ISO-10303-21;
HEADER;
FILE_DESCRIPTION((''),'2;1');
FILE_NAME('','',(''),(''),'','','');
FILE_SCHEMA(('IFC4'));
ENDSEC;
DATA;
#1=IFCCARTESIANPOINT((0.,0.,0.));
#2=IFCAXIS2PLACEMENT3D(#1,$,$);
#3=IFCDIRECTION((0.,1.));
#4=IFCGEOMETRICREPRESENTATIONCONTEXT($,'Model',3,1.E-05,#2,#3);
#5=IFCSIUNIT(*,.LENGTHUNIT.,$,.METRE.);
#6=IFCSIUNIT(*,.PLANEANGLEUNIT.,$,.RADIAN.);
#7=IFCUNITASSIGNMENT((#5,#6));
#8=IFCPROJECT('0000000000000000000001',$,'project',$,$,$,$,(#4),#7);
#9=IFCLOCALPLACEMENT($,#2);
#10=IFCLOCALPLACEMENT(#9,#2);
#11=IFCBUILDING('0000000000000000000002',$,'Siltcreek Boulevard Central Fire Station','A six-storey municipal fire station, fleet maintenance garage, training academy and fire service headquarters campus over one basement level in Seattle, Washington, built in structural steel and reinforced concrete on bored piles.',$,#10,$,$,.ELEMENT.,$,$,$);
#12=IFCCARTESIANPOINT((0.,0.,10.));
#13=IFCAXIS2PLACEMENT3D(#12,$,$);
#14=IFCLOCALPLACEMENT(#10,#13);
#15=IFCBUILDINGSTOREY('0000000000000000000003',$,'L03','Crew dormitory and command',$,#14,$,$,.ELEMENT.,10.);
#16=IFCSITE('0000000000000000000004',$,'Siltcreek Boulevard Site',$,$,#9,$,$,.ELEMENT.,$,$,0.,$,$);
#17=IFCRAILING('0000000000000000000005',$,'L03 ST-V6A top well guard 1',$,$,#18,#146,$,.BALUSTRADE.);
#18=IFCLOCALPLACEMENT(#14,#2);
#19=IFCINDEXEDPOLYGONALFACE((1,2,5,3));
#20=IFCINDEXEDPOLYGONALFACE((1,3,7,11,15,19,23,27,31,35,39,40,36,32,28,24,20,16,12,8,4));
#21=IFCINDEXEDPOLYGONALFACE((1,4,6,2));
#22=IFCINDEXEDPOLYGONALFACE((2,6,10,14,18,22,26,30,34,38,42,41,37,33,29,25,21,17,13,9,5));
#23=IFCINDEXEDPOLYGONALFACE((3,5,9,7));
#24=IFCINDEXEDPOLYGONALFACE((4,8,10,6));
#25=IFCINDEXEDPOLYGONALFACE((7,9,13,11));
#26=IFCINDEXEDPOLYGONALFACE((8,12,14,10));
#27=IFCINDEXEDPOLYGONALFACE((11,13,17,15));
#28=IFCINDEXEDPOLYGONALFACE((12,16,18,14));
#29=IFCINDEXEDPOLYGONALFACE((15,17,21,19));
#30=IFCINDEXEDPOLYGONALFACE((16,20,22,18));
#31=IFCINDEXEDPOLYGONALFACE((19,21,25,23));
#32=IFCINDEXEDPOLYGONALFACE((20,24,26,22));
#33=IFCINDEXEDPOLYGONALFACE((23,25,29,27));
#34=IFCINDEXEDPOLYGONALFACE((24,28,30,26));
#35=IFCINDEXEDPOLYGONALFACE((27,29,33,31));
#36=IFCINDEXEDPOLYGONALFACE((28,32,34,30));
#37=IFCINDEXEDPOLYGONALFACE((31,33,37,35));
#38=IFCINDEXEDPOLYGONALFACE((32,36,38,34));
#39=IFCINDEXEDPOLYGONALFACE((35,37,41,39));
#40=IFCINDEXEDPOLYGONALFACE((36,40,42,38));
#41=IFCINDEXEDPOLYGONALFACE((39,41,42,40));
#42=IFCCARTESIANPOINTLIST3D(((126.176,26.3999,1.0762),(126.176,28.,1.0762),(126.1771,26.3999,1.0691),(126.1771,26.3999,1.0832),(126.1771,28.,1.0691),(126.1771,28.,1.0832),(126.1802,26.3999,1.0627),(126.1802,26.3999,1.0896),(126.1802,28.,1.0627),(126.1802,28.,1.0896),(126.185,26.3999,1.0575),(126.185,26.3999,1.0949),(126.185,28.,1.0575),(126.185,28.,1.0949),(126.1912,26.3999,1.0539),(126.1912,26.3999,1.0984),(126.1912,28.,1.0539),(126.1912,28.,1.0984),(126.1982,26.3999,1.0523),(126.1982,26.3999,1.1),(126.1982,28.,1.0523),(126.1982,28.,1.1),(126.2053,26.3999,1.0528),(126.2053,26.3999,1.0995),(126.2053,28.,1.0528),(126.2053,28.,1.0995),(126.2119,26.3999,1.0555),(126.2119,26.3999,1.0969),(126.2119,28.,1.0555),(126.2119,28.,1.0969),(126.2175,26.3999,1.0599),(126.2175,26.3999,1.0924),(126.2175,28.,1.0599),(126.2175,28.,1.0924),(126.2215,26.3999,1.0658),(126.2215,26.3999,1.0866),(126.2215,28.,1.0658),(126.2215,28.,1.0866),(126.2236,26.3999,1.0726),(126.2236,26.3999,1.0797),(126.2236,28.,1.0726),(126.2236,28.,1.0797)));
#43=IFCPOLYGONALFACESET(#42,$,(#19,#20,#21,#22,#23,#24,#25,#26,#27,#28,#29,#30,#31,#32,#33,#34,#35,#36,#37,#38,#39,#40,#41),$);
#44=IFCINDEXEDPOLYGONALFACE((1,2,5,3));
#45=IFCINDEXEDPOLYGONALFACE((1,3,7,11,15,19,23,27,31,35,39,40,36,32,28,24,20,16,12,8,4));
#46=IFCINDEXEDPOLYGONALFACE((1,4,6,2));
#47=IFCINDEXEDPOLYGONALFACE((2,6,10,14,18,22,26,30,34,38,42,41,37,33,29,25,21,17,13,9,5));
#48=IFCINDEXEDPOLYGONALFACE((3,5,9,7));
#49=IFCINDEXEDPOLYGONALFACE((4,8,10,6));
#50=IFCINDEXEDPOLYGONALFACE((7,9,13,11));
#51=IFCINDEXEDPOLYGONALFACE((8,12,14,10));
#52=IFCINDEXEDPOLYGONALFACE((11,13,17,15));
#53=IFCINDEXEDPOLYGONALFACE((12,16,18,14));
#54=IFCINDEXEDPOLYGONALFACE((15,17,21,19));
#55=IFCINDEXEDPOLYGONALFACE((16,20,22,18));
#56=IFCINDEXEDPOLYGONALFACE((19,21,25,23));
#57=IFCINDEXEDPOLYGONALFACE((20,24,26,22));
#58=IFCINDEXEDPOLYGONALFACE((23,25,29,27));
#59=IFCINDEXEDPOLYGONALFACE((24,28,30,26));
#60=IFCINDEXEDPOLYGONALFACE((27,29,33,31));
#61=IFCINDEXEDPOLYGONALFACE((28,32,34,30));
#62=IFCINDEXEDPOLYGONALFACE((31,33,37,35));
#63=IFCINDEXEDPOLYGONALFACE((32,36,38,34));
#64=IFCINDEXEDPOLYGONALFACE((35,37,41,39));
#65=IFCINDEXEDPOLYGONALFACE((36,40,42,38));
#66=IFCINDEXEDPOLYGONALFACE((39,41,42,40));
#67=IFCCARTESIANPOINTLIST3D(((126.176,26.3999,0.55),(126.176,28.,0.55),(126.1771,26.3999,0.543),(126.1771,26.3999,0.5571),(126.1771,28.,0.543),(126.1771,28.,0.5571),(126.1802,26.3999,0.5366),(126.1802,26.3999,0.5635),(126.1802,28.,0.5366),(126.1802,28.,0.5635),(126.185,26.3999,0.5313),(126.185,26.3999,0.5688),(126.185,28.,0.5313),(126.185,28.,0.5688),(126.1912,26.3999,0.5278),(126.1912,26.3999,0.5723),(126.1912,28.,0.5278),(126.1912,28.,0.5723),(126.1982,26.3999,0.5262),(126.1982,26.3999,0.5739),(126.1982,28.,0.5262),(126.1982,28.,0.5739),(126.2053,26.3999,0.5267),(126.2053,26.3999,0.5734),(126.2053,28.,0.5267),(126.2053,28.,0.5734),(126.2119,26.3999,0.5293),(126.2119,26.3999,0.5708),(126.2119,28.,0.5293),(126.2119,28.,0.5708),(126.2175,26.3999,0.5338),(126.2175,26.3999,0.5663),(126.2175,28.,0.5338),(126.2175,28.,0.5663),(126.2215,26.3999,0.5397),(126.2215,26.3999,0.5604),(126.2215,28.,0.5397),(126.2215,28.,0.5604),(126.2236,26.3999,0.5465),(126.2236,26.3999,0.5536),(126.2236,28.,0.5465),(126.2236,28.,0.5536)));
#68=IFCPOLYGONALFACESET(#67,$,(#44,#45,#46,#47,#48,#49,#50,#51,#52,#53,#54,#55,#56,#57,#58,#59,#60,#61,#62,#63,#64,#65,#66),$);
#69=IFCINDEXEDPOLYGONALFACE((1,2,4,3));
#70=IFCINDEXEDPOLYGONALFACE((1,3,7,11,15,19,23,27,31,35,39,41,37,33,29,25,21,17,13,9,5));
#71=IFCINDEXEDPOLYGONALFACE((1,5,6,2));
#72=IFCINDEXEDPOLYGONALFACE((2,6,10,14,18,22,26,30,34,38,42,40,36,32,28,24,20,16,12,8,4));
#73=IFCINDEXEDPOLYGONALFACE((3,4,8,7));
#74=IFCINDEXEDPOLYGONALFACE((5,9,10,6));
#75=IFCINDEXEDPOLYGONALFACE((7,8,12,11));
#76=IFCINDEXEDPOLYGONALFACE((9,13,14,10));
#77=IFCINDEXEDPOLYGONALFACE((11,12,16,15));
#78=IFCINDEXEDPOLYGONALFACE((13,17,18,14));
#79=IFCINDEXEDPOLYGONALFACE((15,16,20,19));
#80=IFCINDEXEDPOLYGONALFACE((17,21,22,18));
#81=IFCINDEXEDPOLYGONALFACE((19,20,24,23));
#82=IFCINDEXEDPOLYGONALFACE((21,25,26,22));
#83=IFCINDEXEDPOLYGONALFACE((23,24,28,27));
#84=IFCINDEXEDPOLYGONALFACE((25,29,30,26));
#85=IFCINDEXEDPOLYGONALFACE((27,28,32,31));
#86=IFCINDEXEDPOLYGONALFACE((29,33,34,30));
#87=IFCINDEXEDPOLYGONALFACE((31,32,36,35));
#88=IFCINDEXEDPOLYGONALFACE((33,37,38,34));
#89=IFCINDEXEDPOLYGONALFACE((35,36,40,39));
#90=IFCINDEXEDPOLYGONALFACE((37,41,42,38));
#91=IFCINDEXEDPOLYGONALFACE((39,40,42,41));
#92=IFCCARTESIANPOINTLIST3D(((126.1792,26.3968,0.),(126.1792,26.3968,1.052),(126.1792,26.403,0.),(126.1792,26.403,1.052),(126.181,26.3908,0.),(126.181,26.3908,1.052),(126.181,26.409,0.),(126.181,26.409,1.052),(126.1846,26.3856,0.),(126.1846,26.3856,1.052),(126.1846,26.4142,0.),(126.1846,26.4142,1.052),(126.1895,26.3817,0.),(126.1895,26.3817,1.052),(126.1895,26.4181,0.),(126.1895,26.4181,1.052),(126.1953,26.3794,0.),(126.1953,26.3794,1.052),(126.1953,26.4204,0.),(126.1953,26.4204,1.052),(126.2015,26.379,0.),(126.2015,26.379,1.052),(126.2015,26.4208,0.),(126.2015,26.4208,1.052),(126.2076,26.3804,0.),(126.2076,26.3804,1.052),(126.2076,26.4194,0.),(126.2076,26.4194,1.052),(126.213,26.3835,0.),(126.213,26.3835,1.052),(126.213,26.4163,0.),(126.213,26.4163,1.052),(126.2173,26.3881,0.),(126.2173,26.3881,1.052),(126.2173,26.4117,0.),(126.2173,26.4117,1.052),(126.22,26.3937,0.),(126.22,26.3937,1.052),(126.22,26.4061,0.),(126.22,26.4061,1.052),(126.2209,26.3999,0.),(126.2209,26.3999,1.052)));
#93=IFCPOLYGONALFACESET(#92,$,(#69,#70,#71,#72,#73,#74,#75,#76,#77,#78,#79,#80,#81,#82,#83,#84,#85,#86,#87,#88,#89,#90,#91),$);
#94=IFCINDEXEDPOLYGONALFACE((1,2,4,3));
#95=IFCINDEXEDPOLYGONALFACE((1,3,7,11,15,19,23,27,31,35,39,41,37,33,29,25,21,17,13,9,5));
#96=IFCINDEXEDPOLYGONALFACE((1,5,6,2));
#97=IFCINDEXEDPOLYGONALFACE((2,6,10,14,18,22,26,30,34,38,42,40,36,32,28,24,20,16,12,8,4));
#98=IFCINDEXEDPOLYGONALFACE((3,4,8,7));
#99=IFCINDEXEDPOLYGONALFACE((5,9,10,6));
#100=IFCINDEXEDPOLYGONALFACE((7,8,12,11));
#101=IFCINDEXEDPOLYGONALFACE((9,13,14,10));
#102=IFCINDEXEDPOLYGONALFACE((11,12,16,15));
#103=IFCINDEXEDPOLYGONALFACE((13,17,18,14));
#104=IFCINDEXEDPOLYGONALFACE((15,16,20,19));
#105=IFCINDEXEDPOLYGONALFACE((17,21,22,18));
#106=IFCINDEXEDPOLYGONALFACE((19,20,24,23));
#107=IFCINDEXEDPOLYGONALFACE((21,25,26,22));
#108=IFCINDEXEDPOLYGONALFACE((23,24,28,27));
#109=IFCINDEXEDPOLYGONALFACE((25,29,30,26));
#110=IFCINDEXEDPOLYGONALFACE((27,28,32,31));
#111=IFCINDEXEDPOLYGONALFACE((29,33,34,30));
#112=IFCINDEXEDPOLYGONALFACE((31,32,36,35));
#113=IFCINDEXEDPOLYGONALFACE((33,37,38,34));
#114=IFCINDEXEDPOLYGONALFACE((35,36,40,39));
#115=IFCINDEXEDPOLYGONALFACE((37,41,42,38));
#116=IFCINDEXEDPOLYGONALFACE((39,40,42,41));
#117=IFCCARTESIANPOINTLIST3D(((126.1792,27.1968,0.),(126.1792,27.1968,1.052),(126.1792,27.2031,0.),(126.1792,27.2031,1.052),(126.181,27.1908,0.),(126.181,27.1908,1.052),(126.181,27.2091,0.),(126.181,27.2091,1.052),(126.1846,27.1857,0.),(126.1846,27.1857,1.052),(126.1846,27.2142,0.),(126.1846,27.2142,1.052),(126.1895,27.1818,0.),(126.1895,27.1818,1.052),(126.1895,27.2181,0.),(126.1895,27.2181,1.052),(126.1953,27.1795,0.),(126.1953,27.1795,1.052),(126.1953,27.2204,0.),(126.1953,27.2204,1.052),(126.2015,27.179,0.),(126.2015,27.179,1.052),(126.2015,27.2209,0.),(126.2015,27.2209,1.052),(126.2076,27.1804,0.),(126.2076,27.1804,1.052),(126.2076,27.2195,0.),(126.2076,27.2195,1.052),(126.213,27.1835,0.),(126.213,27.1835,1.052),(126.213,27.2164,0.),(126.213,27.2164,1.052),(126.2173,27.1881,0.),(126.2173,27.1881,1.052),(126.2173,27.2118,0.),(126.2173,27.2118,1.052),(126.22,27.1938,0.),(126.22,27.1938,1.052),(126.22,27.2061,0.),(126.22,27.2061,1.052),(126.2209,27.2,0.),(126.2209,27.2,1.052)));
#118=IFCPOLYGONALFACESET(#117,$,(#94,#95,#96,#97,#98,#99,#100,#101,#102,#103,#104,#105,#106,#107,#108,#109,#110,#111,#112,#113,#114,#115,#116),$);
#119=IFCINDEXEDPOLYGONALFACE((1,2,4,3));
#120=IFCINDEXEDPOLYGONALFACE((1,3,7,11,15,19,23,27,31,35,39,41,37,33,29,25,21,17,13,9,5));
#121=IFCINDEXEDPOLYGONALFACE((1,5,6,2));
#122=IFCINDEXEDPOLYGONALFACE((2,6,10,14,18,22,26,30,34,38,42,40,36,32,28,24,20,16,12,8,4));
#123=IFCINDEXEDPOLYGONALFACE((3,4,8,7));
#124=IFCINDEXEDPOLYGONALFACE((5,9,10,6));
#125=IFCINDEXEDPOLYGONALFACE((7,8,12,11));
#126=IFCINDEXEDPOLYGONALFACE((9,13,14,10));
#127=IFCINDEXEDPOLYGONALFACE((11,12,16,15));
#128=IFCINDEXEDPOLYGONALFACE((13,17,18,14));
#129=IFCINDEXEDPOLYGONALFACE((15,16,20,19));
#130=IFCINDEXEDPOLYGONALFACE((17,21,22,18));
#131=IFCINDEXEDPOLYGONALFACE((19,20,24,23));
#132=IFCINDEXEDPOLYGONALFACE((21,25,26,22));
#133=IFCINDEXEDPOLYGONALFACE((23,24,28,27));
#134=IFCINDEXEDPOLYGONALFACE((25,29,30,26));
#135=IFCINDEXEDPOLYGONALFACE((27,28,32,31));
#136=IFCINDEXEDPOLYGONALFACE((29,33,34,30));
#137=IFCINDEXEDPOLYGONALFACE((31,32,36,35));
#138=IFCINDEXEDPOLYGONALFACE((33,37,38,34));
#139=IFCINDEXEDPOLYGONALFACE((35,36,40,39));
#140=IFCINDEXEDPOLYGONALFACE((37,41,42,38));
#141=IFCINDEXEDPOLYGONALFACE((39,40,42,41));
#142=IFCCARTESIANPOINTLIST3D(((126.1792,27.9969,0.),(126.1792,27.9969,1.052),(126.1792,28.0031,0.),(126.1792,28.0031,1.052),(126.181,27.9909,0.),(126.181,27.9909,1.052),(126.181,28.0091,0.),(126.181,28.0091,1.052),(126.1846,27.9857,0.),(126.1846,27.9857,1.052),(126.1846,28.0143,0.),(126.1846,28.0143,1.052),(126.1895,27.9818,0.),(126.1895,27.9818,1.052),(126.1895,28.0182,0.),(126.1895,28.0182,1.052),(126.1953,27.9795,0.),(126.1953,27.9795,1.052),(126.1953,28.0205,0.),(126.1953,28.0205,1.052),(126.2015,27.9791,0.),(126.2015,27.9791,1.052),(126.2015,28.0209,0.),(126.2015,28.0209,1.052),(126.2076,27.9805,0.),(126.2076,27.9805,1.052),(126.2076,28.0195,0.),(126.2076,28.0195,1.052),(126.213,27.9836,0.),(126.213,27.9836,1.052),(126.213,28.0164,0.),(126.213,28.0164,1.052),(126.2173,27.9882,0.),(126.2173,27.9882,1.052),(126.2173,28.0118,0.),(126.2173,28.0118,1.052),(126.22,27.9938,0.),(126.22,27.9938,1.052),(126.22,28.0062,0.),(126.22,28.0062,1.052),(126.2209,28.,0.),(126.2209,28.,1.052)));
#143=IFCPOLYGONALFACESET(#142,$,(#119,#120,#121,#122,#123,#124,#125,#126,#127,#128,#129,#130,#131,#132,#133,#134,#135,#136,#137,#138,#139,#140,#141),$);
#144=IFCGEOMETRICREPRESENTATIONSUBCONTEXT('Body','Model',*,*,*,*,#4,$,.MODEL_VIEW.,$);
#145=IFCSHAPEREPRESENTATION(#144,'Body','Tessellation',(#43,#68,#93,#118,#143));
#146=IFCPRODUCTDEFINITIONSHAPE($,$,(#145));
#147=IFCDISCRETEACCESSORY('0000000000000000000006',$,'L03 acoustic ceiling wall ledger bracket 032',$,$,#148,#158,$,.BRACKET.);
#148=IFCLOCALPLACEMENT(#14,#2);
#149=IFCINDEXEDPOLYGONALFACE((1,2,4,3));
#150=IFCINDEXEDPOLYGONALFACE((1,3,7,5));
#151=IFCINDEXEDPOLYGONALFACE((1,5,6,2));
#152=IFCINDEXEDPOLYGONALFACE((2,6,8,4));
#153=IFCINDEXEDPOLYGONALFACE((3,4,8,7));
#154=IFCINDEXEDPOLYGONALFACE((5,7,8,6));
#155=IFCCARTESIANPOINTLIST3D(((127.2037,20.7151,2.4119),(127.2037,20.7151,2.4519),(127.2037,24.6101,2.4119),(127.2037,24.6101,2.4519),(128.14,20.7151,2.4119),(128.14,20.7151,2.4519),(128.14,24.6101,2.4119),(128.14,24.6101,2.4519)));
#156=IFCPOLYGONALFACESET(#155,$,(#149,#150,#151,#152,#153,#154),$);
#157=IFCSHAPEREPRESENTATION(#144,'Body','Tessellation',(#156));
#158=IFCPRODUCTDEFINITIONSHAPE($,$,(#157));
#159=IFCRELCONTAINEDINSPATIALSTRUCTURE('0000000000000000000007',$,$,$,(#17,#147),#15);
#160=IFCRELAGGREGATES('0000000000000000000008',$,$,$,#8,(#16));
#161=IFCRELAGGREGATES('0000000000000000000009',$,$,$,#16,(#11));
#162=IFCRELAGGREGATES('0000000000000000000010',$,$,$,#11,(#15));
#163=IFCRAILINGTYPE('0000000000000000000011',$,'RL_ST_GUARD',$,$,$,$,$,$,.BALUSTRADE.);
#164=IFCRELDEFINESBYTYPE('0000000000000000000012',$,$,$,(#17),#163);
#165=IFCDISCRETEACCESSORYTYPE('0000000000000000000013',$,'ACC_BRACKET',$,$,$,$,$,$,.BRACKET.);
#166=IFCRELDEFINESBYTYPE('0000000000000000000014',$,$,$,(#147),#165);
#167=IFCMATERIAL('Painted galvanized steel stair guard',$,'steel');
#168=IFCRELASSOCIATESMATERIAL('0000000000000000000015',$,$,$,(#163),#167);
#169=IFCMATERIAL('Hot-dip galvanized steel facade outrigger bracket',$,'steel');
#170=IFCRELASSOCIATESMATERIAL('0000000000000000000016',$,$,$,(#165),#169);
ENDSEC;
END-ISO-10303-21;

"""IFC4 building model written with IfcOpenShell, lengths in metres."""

from ifc_helpers import new_model, si_unit, direction, frame, origin, origin_2d, place, context, subcontext, project, spatial, rectangle, circle, extrude, material, type_object, element, save


model = new_model("IFC4")

# Units and contexts
model_context = context("Model", 3, precision=1e-05, world=origin(), true_north=direction((0.0, 1.0)))
body_context = subcontext(model_context, "Body", "Model", "MODEL_VIEW")
ifc_project = project(units=[si_unit("LENGTHUNIT", "METRE"), si_unit("PLANEANGLEUNIT", "RADIAN")], contexts=[model_context])

# Site, building, storey
site_placement = place(None, origin())
site = spatial("IfcSite", under=ifc_project, at=site_placement, Name="Siltcreek Boulevard Site", CompositionType="ELEMENT", RefElevation=0.0)
building_placement = place(site_placement, origin())
building = spatial("IfcBuilding", under=site, at=building_placement, Name="Siltcreek Boulevard Central Fire Station", Description="A six-storey municipal fire station, fleet maintenance garage, training academy and fire service headquarters campus over one basement level in Seattle, Washington, built in structural steel and reinforced concrete on bored piles.", CompositionType="ELEMENT")
storey_placement = place(building_placement, frame((0.0, 0.0, 10.0)))
storey = spatial("IfcBuildingStorey", under=building, at=storey_placement, Name="L03", Description="Crew dormitory and command", CompositionType="ELEMENT", Elevation=10.0)

# Railing
ifc_material_1 = material(Name="Painted galvanized steel stair guard", Category="steel")
railing_type = type_object("IfcRailingType", Name="RL_ST_GUARD", PredefinedType="BALUSTRADE", material=ifc_material_1)
railing_placement = place(storey_placement, frame((126.2, 26.3999, 0.0)))
element("IfcRailing", 1, at=railing_placement, inside=storey, type_object=railing_type, Name="L03 ST-V6A top well guard 1", PredefinedType="BALUSTRADE", context=body_context, shape_type="SweptSolid", body=[
    extrude(circle(Radius=0.0239, at=origin_2d()), frame((0.0, 0.0, 1.0762), z_axis=(0.0, 1.0, 0.0), x_axis=(-1.0, 0.0, 0.0)), (0.0, 0.0, 1.0), 1.6001),
    extrude(circle(Radius=0.0239, at=origin_2d()), frame((0.0, 0.0, 0.55), z_axis=(0.0, 1.0, 0.0), x_axis=(-1.0, 0.0, 0.0)), (0.0, 0.0, 1.0), 1.6001),
    extrude(circle(Radius=0.021, at=origin_2d()), origin(), (0.0, 0.0, 1.0), 1.052),
    extrude(circle(Radius=0.021, at=origin_2d()), frame((0.0, 0.8, 0.0)), (0.0, 0.0, 1.0), 1.052),
    extrude(circle(Radius=0.021, at=origin_2d()), frame((0.0, 1.6001, 0.0)), (0.0, 0.0, 1.0), 1.052),
])

# Discrete accessory
ifc_material_2 = material(Name="Hot-dip galvanized steel facade outrigger bracket", Category="steel")
discrete_accessory_type = type_object("IfcDiscreteAccessoryType", Name="ACC_BRACKET", PredefinedType="BRACKET", material=ifc_material_2)
discrete_accessory_placement = place(storey_placement, frame((127.6719, 22.6626, 2.4119), z_axis=(0.0, 0.0, 1.0), x_axis=(1.0, 0.0, 0.0)))
element("IfcDiscreteAccessory", 2, at=discrete_accessory_placement, inside=storey, type_object=discrete_accessory_type, Name="L03 acoustic ceiling wall ledger bracket 032", PredefinedType="BRACKET", context=body_context, shape_type="SweptSolid", body=[
    extrude(rectangle(XDim=0.9363, YDim=3.895, at=origin_2d()), origin(), (0.0, 0.0, 1.0), 0.04),
])

save(model, "model.ifc")
